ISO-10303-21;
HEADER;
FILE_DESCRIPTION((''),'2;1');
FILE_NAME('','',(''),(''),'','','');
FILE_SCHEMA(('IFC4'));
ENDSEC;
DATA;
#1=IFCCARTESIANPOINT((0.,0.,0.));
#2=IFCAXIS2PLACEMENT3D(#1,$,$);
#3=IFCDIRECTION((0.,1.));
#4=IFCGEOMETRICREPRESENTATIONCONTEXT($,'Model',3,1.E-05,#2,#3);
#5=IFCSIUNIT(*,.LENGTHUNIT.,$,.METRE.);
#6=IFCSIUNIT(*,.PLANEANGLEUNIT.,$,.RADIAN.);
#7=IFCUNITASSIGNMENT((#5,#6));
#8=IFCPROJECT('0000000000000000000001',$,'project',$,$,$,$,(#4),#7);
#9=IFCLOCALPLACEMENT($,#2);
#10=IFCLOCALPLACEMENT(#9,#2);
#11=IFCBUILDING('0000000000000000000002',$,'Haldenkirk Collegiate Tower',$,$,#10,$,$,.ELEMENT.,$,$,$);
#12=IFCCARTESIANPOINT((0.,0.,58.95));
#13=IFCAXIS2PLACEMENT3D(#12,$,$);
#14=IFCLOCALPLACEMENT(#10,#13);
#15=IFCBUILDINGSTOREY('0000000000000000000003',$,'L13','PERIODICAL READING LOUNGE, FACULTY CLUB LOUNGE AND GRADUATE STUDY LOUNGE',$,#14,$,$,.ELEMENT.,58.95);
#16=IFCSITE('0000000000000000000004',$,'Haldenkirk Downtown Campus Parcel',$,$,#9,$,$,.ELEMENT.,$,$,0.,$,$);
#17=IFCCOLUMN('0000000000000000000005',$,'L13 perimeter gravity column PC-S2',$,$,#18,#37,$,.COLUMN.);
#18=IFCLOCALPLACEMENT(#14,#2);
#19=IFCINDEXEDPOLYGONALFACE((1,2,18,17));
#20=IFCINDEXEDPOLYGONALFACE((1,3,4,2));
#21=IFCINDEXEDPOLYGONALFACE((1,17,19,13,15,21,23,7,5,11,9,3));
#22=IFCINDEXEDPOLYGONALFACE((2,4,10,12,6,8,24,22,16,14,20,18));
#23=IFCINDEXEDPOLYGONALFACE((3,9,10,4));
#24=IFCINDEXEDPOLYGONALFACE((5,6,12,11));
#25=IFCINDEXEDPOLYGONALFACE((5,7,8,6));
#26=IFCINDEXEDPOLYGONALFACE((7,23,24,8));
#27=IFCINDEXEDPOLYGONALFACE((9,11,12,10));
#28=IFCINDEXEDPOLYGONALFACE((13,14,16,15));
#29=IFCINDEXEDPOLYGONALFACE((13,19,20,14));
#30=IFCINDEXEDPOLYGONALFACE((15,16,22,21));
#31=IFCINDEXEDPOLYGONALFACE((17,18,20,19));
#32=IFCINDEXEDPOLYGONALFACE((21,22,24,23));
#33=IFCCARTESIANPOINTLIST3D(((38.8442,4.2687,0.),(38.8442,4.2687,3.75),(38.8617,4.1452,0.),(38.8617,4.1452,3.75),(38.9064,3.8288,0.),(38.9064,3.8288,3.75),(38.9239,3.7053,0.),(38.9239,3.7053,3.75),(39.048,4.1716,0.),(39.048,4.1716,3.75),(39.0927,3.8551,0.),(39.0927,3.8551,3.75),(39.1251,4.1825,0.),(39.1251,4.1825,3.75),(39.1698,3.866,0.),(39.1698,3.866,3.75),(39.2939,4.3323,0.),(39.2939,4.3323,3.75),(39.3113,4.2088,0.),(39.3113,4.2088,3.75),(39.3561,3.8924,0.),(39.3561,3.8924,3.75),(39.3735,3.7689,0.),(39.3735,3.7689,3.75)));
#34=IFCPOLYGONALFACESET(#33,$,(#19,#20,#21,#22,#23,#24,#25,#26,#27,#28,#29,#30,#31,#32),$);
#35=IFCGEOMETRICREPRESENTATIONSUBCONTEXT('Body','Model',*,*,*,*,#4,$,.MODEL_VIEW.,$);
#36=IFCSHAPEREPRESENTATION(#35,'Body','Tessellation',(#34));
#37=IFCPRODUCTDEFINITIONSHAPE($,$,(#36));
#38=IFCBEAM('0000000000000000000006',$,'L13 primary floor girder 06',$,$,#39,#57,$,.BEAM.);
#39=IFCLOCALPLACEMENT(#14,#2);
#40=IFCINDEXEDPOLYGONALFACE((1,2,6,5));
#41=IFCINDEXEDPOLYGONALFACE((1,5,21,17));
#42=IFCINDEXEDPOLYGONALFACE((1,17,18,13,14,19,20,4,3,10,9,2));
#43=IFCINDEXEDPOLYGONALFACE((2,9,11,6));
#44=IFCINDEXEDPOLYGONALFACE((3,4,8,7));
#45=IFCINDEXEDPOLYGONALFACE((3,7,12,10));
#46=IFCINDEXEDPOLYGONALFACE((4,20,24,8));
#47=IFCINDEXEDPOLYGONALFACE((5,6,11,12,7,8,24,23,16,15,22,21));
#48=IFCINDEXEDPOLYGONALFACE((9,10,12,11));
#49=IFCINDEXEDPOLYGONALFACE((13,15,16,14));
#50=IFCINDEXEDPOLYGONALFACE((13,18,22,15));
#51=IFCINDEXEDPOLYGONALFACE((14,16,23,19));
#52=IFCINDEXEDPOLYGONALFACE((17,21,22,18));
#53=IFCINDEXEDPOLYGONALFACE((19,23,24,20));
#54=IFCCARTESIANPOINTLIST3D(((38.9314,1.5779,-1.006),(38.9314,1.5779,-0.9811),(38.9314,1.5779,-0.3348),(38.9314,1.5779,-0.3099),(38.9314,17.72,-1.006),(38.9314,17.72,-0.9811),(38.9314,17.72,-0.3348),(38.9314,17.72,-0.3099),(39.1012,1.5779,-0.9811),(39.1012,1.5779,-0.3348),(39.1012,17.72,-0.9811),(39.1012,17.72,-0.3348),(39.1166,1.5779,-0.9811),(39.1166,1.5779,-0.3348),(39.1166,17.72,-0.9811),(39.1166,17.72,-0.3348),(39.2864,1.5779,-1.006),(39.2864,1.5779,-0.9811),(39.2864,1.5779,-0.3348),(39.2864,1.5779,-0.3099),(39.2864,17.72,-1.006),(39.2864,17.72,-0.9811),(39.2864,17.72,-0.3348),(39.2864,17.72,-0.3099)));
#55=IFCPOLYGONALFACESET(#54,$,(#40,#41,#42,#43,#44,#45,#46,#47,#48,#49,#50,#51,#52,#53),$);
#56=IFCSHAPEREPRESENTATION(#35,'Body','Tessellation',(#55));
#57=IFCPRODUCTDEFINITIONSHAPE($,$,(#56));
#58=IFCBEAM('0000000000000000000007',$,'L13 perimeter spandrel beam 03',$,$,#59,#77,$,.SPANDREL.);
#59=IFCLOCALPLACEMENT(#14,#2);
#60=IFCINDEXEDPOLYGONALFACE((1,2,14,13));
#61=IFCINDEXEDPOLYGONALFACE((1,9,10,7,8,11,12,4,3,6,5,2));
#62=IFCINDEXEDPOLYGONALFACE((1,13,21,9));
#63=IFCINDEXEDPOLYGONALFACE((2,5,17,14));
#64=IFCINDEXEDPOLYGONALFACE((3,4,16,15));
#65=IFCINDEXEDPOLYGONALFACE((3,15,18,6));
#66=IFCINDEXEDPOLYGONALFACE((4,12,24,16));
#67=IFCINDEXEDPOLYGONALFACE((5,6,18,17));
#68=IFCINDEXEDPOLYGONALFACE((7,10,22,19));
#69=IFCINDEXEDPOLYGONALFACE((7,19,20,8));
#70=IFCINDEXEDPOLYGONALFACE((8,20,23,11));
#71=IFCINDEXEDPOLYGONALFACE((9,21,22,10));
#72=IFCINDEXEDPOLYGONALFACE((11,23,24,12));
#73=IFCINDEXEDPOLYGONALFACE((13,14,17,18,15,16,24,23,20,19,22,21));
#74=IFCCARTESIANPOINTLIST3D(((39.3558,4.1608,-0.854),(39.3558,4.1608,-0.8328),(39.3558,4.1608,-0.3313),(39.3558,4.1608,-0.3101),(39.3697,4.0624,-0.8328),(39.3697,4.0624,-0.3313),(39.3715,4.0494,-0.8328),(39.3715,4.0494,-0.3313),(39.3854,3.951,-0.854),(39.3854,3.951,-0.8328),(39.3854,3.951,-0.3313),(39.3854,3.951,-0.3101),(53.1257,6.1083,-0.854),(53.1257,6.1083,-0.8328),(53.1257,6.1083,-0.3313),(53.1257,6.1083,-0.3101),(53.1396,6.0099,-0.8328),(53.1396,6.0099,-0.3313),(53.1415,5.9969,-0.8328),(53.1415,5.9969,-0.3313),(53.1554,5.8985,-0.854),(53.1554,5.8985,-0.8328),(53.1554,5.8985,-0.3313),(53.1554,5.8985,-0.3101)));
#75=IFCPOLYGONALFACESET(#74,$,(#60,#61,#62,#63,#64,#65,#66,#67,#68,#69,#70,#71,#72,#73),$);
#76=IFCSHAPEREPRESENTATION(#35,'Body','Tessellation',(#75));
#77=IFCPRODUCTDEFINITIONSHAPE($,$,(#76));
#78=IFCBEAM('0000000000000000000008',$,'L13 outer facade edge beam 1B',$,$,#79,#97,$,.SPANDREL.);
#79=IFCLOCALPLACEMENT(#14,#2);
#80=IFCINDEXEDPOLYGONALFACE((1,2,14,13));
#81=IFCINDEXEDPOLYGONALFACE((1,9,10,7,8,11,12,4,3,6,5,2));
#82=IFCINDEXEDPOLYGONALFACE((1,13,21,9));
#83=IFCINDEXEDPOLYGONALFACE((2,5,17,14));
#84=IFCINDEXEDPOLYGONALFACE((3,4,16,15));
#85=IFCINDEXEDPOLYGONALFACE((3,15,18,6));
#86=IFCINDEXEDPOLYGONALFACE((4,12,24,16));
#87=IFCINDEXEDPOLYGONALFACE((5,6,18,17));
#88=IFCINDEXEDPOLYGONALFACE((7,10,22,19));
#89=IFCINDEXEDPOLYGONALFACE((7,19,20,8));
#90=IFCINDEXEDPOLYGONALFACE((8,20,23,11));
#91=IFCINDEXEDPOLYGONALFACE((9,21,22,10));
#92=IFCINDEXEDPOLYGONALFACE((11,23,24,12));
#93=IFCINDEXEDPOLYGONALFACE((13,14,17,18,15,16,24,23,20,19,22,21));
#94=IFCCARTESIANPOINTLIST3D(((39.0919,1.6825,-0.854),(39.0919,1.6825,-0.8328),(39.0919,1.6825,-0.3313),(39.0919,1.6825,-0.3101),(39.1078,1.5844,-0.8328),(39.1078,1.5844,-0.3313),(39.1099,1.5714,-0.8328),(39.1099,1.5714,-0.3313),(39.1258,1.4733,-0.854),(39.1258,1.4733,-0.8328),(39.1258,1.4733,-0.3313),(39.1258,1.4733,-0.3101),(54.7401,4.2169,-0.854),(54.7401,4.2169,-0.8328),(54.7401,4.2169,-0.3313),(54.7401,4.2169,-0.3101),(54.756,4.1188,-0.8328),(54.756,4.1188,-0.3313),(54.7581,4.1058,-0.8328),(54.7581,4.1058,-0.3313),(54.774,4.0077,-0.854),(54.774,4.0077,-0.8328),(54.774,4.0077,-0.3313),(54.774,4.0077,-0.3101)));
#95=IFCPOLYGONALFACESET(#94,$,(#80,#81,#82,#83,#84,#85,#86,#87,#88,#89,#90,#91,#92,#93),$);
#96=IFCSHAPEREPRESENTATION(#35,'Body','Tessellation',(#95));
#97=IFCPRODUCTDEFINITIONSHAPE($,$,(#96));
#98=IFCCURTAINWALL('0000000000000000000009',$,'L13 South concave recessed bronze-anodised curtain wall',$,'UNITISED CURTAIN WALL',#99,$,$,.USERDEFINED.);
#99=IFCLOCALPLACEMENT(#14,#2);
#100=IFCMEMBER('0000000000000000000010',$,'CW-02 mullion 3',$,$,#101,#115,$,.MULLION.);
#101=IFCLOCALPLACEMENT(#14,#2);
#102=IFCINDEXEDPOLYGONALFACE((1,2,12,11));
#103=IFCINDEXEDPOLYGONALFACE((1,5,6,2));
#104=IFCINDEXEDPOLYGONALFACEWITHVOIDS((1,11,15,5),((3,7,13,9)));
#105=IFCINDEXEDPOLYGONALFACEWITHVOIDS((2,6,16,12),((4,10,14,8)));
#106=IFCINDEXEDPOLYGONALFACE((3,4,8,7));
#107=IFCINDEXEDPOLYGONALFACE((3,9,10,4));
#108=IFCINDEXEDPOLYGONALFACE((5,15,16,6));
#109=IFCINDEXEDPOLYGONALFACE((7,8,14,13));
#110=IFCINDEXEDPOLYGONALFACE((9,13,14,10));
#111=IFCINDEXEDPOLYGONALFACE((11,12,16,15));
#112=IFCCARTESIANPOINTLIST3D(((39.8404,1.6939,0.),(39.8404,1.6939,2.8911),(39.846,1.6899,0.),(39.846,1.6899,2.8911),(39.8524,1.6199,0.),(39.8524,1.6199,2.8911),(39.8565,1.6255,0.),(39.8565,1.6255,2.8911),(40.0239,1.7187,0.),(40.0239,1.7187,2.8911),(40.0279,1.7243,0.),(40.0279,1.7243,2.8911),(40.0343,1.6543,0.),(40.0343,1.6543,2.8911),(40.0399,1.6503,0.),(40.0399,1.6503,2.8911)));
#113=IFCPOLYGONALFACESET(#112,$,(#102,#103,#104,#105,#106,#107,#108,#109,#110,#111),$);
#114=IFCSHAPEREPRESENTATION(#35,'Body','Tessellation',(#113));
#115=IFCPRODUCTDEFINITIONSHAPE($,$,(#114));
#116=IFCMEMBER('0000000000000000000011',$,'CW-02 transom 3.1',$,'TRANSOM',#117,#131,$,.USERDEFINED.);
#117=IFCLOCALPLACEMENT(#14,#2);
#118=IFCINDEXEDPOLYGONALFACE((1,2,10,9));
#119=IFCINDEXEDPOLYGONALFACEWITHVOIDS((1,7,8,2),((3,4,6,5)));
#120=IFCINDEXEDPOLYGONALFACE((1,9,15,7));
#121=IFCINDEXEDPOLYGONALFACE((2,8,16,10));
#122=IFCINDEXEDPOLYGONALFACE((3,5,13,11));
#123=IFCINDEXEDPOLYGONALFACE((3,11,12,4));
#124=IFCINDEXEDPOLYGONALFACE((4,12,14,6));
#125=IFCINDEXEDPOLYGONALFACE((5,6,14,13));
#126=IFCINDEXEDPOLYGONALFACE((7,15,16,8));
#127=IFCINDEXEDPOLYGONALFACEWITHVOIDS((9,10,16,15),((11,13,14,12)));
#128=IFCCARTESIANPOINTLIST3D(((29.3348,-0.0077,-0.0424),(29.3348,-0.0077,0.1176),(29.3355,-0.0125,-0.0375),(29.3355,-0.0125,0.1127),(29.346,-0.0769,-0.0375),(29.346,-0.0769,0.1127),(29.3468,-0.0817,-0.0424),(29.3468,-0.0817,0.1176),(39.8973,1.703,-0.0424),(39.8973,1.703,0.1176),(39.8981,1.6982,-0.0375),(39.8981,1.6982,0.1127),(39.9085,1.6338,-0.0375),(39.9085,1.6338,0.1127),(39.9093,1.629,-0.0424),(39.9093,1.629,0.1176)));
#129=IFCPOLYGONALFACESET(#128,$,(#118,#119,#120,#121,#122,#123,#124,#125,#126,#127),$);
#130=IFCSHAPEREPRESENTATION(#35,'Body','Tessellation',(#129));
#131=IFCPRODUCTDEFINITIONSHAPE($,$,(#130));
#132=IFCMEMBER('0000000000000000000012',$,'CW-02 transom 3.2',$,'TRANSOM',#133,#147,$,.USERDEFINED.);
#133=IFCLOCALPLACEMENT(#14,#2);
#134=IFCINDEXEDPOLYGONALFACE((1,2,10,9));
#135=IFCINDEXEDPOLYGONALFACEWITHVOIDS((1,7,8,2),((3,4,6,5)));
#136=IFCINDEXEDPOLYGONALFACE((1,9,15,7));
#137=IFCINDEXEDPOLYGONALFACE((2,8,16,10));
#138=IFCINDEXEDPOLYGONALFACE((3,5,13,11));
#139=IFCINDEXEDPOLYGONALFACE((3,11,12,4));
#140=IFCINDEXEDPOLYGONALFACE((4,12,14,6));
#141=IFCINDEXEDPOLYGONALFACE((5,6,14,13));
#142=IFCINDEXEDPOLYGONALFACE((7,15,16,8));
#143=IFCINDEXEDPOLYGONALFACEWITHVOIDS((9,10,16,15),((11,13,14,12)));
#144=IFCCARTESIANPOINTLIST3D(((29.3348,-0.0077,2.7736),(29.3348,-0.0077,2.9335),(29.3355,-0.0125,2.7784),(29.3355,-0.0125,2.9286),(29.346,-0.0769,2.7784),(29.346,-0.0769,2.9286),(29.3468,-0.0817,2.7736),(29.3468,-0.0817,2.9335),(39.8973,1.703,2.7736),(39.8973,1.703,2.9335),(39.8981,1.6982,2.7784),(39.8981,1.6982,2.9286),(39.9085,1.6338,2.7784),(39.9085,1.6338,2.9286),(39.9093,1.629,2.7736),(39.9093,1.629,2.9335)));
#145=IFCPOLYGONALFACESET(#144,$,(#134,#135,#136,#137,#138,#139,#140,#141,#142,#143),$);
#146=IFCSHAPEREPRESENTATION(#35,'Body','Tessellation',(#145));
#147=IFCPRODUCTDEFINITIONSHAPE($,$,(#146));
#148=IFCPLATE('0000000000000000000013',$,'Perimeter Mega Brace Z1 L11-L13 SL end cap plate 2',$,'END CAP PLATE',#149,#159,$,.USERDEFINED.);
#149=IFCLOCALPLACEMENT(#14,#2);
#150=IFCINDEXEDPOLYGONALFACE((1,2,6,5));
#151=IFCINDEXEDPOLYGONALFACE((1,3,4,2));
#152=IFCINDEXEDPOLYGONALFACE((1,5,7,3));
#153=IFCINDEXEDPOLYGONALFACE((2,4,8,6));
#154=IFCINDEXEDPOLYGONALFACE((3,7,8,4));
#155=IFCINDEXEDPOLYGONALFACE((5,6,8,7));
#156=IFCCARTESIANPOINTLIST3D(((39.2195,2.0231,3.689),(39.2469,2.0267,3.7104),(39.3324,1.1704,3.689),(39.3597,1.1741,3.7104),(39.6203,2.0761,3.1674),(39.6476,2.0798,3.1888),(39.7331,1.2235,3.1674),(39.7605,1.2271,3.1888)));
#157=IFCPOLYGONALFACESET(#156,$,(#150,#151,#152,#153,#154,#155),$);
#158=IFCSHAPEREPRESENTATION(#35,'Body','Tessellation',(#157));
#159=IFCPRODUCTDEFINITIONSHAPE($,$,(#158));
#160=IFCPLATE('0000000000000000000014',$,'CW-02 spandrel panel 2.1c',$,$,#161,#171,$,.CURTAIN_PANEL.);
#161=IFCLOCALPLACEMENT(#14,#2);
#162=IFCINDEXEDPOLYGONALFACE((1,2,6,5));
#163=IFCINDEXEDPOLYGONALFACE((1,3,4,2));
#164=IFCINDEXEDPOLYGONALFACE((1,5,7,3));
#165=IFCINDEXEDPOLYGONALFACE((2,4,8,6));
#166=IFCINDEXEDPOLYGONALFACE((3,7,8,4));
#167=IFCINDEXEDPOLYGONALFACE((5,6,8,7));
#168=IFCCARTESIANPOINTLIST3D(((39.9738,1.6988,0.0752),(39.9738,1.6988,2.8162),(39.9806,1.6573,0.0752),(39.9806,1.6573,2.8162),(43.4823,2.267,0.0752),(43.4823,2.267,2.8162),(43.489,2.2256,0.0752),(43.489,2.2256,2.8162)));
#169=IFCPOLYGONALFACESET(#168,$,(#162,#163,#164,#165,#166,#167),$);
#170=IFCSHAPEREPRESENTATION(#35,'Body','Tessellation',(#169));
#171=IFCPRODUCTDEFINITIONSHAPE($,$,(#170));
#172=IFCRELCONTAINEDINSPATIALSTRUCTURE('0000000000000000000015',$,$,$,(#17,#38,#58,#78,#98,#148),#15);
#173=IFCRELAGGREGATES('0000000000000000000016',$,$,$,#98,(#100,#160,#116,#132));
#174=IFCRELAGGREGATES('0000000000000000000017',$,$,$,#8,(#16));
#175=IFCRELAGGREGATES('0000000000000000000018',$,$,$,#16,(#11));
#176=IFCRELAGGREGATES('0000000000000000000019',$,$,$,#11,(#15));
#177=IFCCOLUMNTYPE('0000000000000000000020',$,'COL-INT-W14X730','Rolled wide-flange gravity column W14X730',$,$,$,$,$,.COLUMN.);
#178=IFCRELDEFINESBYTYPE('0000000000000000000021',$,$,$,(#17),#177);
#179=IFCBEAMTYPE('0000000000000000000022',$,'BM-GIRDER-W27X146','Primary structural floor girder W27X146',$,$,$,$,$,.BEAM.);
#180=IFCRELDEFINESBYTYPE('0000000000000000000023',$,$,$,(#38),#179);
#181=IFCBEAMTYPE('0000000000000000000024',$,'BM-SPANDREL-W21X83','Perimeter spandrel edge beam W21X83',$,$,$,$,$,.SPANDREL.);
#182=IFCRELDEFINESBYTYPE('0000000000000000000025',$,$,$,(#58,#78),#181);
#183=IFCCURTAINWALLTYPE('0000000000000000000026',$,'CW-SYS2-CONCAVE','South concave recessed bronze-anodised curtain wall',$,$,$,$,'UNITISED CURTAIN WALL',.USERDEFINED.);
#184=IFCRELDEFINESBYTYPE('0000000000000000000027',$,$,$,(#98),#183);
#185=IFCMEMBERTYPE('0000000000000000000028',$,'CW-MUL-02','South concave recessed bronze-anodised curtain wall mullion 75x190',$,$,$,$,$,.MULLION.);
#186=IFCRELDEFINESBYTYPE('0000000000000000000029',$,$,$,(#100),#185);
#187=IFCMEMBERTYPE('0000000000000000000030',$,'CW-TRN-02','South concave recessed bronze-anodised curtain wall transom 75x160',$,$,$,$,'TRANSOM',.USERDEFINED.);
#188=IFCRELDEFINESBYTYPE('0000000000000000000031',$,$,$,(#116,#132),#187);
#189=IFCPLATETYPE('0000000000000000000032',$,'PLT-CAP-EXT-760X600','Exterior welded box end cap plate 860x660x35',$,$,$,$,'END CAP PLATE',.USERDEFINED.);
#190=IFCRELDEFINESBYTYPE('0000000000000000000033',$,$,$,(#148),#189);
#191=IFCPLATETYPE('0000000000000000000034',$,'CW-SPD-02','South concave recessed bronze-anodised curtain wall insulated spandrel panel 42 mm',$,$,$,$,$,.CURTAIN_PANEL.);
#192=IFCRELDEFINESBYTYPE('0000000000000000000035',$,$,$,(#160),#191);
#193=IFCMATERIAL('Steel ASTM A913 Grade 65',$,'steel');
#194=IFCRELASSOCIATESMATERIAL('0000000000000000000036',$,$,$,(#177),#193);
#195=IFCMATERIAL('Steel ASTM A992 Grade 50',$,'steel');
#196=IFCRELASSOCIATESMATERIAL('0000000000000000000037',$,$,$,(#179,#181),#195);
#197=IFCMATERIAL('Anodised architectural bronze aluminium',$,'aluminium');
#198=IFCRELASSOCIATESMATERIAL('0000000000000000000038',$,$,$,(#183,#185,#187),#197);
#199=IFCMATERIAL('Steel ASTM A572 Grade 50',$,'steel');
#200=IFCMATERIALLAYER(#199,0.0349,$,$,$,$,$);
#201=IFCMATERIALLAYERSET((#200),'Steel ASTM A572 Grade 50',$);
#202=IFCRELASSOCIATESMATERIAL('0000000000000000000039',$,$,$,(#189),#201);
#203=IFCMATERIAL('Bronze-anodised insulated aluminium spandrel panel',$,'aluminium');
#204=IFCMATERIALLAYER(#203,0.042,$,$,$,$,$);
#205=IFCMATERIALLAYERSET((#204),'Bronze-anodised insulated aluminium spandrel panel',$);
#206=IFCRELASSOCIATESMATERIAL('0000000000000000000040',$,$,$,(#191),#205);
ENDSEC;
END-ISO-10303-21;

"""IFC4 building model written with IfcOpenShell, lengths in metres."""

from ifc_helpers import new_model, si_unit, direction, frame, origin, origin_2d, place, context, subcontext, project, spatial, rectangle, hollow_rectangle, i_section, extrude, source, transform, mapped, material, layer, layer_set, material_profile, profile_set, type_object, element, aggregate, save


model = new_model("IFC4")

# Units and contexts
model_context = context("Model", 3, precision=1e-05, world=origin(), true_north=direction((0.0, 1.0)))
body_context = subcontext(model_context, "Body", "Model", "MODEL_VIEW")
ifc_project = project(units=[si_unit("LENGTHUNIT", "METRE"), si_unit("PLANEANGLEUNIT", "RADIAN")], contexts=[model_context])

# Site, building, storey
site_placement = place(None, origin())
site = spatial("IfcSite", under=ifc_project, at=site_placement, Name="Haldenkirk Downtown Campus Parcel", CompositionType="ELEMENT", RefElevation=0.0)
building_placement = place(site_placement, origin())
building = spatial("IfcBuilding", under=site, at=building_placement, Name="Haldenkirk Collegiate Tower", CompositionType="ELEMENT")
storey_placement = place(building_placement, frame((0.0, 0.0, 58.95)))
storey = spatial("IfcBuildingStorey", under=building, at=storey_placement, Name="L13", Description="PERIODICAL READING LOUNGE, FACULTY CLUB LOUNGE AND GRADUATE STUDY LOUNGE", CompositionType="ELEMENT", Elevation=58.95)

# Column
ifc_material_1 = material(Name="Steel ASTM A913 Grade 65", Category="steel")
ifc_material_profile_1 = material_profile(ifc_material_1, i_section(OverallWidth=0.4541, OverallDepth=0.5691, WebThickness=0.0779, FlangeThickness=0.1248, at=origin_2d()), Name="W14X730")
ifc_profile_set_1 = profile_set([ifc_material_profile_1], Name="Steel ASTM A913 Grade 65")
column_type = type_object("IfcColumnType", Name="COL-INT-W14X730", Description="Rolled wide-flange gravity column W14X730", PredefinedType="COLUMN", material=ifc_profile_set_1)
column_placement = place(storey_placement, frame((39.1089, 4.0188, 0.0), z_axis=(0.0, 0.0, 1.0), x_axis=(0.990146, 0.140037, 0.0)))
element("IfcColumn", 1, at=column_placement, inside=storey, type_object=column_type, Name="L13 perimeter gravity column PC-S2", PredefinedType="COLUMN", context=body_context, shape_type="SweptSolid", body=[
    extrude(i_section(OverallWidth=0.4541, OverallDepth=0.5691, WebThickness=0.0779, FlangeThickness=0.1248, at=origin_2d()), origin(), (0.0, 0.0, 1.0), 3.75),
])

# Beams
ifc_material_2 = material(Name="Steel ASTM A992 Grade 50", Category="steel")
ifc_material_profile_2 = material_profile(ifc_material_2, i_section(OverallWidth=0.355, OverallDepth=0.696, WebThickness=0.0154, FlangeThickness=0.0249, at=origin_2d()), Name="W27X146")
ifc_profile_set_2 = profile_set([ifc_material_profile_2], Name="Steel ASTM A992 Grade 50")
beam_type_1 = type_object("IfcBeamType", Name="BM-GIRDER-W27X146", Description="Primary structural floor girder W27X146", PredefinedType="BEAM", material=ifc_profile_set_2)
beam_1_placement = place(storey_placement, frame((39.1089, 1.5779, -0.658), z_axis=(0.0, 1.0, 0.0), x_axis=(-1.0, 0.0, 0.0)))
element("IfcBeam", 2, at=beam_1_placement, inside=storey, type_object=beam_type_1, Name="L13 primary floor girder 06", PredefinedType="BEAM", context=body_context, shape_type="SweptSolid", body=[
    extrude(i_section(OverallWidth=0.355, OverallDepth=0.696, WebThickness=0.0154, FlangeThickness=0.0249, at=origin_2d()), origin(), (0.0, 0.0, 1.0), 16.1421),
])
ifc_material_profile_3 = material_profile(ifc_material_2, i_section(OverallWidth=0.2119, OverallDepth=0.5439, WebThickness=0.0132, FlangeThickness=0.0212, at=origin_2d()), Name="W21X83")
ifc_profile_set_3 = profile_set([ifc_material_profile_3], Name="Steel ASTM A992 Grade 50")
beam_type_2 = type_object("IfcBeamType", Name="BM-SPANDREL-W21X83", Description="Perimeter spandrel edge beam W21X83", PredefinedType="SPANDREL", material=ifc_profile_set_3)
beam_2_placement = place(storey_placement, frame((39.3706, 4.0559, -0.582), z_axis=(0.990146, 0.140038, 0.0), x_axis=(-0.140038, 0.990146, 0.0)))
element("IfcBeam", 3, at=beam_2_placement, inside=storey, type_object=beam_type_2, Name="L13 perimeter spandrel beam 03", PredefinedType="SPANDREL", context=body_context, shape_type="SweptSolid", body=[
    extrude(i_section(OverallWidth=0.2119, OverallDepth=0.5439, WebThickness=0.0132, FlangeThickness=0.0212, at=origin_2d()), origin(), (0.0, 0.0, 1.0), 13.907),
])
beam_3_placement = place(storey_placement, frame((39.1089, 1.5779, -0.582), z_axis=(0.987137, 0.159879, 0.0), x_axis=(-0.159879, 0.987137, 0.0)))
element("IfcBeam", 4, at=beam_3_placement, inside=storey, type_object=beam_type_2, Name="L13 outer facade edge beam 1B", PredefinedType="SPANDREL", context=body_context, shape_type="SweptSolid", body=[
    extrude(i_section(OverallWidth=0.2119, OverallDepth=0.5439, WebThickness=0.0132, FlangeThickness=0.0212, at=origin_2d()), origin(), (0.0, 0.0, 1.0), 15.8521),
])

# Curtain wall, members
ifc_material_3 = material(Name="Anodised architectural bronze aluminium", Category="aluminium")
curtain_wall_type = type_object("IfcCurtainWallType", Name="CW-SYS2-CONCAVE", Description="South concave recessed bronze-anodised curtain wall", ElementType="UNITISED CURTAIN WALL", PredefinedType="USERDEFINED", material=ifc_material_3)
curtain_wall_placement = place(storey_placement, origin())
curtain_wall = element("IfcCurtainWall", 5, at=curtain_wall_placement, inside=storey, type_object=curtain_wall_type, Name="L13 South concave recessed bronze-anodised curtain wall", ObjectType="UNITISED CURTAIN WALL", PredefinedType="USERDEFINED")
ifc_material_profile_4 = material_profile(ifc_material_3, hollow_rectangle(XDim=0.075, YDim=0.1899, WallThickness=0.0049, at=origin_2d()), Name="CW-MUL-02")
ifc_profile_set_4 = profile_set([ifc_material_profile_4], Name="Anodised architectural bronze aluminium")
member_type_1 = type_object("IfcMemberType", Name="CW-MUL-02", Description="South concave recessed bronze-anodised curtain wall mullion 75x190", PredefinedType="MULLION", material=ifc_profile_set_4)
member_1_placement = place(storey_placement, frame((39.9402, 1.6721, 0.0), z_axis=(0.0, 0.0, 1.0), x_axis=(0.159881, -0.987136, 0.0)))
member_1 = element("IfcMember", 6, at=member_1_placement, type_object=member_type_1, Name="CW-02 mullion 3", PredefinedType="MULLION", context=body_context, shape_type="SweptSolid", body=[
    extrude(hollow_rectangle(XDim=0.075, YDim=0.1899, WallThickness=0.0049, at=origin_2d()), origin(), (0.0, 0.0, 1.0), 2.8911),
])
ifc_material_profile_5 = material_profile(ifc_material_3, hollow_rectangle(XDim=0.075, YDim=0.1599, WallThickness=0.0049, at=origin_2d()), Name="CW-TRN-02")
ifc_profile_set_5 = profile_set([ifc_material_profile_5], Name="Anodised architectural bronze aluminium")
member_type_2 = type_object("IfcMemberType", Name="CW-TRN-02", Description="South concave recessed bronze-anodised curtain wall transom 75x160", ElementType="TRANSOM", PredefinedType="USERDEFINED", material=ifc_profile_set_5)
member_2_placement = place(storey_placement, frame((39.9033, 1.666, 0.0376), z_axis=(-0.987137, -0.159876, 0.0), x_axis=(0.159876, -0.987137, 0.0)))
member_2 = element("IfcMember", 7, at=member_2_placement, type_object=member_type_2, Name="CW-02 transom 3.1", ObjectType="TRANSOM", PredefinedType="USERDEFINED", context=body_context, shape_type="SweptSolid", body=[
    extrude(hollow_rectangle(XDim=0.075, YDim=0.1599, WallThickness=0.0049, at=origin_2d()), origin(), (0.0, 0.0, 1.0), 10.7002),
])
member_3_placement = place(storey_placement, frame((39.9033, 1.666, 2.8535), z_axis=(-0.987137, -0.159876, 0.0), x_axis=(0.159876, -0.987137, 0.0)))
member_3 = element("IfcMember", 8, at=member_3_placement, type_object=member_type_2, Name="CW-02 transom 3.2", ObjectType="TRANSOM", PredefinedType="USERDEFINED", context=body_context, shape_type="SweptSolid", body=[
    extrude(hollow_rectangle(XDim=0.075, YDim=0.1599, WallThickness=0.0049, at=origin_2d()), origin(), (0.0, 0.0, 1.0), 10.7002),
])

# Plates
ifc_material_4 = material(Name="Steel ASTM A572 Grade 50", Category="steel")
ifc_layer_1 = layer(ifc_material_4, 0.0349)
ifc_layer_set_1 = layer_set([ifc_layer_1], Name="Steel ASTM A572 Grade 50")
plate_type_1 = type_object("IfcPlateType", Name="PLT-CAP-EXT-760X600", Description="Exterior welded box end cap plate 860x660x35", ElementType="END CAP PLATE", PredefinedType="USERDEFINED", material=ifc_layer_set_1)
shared_shape_1 = source(origin(), body_context, "Body", "SweptSolid", [
    extrude(rectangle(XDim=0.8601, YDim=0.6599, at=origin_2d()), origin(), (0.0, 0.0, 1.0), 0.0349),
])
plate_1_placement = place(storey_placement, frame((39.4763, 1.6233, 3.4282), z_axis=(0.783544, 0.10371, 0.61262), x_axis=(-0.131215, 0.991354, 0.0)))
element("IfcPlate", 9, at=plate_1_placement, inside=storey, type_object=plate_type_1, Name="Perimeter Mega Brace Z1 L11-L13 SL end cap plate 2", ObjectType="END CAP PLATE", PredefinedType="USERDEFINED", context=body_context, shape_type="MappedRepresentation", body=[
    mapped(shared_shape_1, transform((0.0, 0.0, 0.0), x_axis=(1.0, 0.0, 0.0), y_axis=(0.0, 1.0, 0.0), z_axis=(0.0, 0.0, 1.0), scale=1.0)),
])
ifc_material_5 = material(Name="Bronze-anodised insulated aluminium spandrel panel", Category="aluminium")
ifc_layer_2 = layer(ifc_material_5, 0.042)
ifc_layer_set_2 = layer_set([ifc_layer_2], Name="Bronze-anodised insulated aluminium spandrel panel")
plate_type_2 = type_object("IfcPlateType", Name="CW-SPD-02", Description="South concave recessed bronze-anodised curtain wall insulated spandrel panel 42 mm", PredefinedType="CURTAIN_PANEL", material=ifc_layer_set_2)
shared_shape_2 = source(origin(), body_context, "Body", "SweptSolid", [
    extrude(rectangle(XDim=3.5542, YDim=0.042, at=origin_2d()), origin(), (0.0, 0.0, 1.0), 2.741),
])
plate_2_placement = place(storey_placement, frame((41.7314, 1.9622, 0.0752), z_axis=(0.0, 0.0, 1.0), x_axis=(-0.987136, -0.159881, 0.0)))
plate_2 = element("IfcPlate", 10, at=plate_2_placement, type_object=plate_type_2, Name="CW-02 spandrel panel 2.1c", PredefinedType="CURTAIN_PANEL", context=body_context, shape_type="MappedRepresentation", body=[
    mapped(shared_shape_2, transform((0.0, 0.0, 0.0), x_axis=(1.0, 0.0, 0.0), y_axis=(0.0, 1.0, 0.0), z_axis=(0.0, 0.0, 1.0), scale=1.0)),
])
aggregate(curtain_wall, [member_1, plate_2, member_2, member_3])

save(model, "model.ifc")
